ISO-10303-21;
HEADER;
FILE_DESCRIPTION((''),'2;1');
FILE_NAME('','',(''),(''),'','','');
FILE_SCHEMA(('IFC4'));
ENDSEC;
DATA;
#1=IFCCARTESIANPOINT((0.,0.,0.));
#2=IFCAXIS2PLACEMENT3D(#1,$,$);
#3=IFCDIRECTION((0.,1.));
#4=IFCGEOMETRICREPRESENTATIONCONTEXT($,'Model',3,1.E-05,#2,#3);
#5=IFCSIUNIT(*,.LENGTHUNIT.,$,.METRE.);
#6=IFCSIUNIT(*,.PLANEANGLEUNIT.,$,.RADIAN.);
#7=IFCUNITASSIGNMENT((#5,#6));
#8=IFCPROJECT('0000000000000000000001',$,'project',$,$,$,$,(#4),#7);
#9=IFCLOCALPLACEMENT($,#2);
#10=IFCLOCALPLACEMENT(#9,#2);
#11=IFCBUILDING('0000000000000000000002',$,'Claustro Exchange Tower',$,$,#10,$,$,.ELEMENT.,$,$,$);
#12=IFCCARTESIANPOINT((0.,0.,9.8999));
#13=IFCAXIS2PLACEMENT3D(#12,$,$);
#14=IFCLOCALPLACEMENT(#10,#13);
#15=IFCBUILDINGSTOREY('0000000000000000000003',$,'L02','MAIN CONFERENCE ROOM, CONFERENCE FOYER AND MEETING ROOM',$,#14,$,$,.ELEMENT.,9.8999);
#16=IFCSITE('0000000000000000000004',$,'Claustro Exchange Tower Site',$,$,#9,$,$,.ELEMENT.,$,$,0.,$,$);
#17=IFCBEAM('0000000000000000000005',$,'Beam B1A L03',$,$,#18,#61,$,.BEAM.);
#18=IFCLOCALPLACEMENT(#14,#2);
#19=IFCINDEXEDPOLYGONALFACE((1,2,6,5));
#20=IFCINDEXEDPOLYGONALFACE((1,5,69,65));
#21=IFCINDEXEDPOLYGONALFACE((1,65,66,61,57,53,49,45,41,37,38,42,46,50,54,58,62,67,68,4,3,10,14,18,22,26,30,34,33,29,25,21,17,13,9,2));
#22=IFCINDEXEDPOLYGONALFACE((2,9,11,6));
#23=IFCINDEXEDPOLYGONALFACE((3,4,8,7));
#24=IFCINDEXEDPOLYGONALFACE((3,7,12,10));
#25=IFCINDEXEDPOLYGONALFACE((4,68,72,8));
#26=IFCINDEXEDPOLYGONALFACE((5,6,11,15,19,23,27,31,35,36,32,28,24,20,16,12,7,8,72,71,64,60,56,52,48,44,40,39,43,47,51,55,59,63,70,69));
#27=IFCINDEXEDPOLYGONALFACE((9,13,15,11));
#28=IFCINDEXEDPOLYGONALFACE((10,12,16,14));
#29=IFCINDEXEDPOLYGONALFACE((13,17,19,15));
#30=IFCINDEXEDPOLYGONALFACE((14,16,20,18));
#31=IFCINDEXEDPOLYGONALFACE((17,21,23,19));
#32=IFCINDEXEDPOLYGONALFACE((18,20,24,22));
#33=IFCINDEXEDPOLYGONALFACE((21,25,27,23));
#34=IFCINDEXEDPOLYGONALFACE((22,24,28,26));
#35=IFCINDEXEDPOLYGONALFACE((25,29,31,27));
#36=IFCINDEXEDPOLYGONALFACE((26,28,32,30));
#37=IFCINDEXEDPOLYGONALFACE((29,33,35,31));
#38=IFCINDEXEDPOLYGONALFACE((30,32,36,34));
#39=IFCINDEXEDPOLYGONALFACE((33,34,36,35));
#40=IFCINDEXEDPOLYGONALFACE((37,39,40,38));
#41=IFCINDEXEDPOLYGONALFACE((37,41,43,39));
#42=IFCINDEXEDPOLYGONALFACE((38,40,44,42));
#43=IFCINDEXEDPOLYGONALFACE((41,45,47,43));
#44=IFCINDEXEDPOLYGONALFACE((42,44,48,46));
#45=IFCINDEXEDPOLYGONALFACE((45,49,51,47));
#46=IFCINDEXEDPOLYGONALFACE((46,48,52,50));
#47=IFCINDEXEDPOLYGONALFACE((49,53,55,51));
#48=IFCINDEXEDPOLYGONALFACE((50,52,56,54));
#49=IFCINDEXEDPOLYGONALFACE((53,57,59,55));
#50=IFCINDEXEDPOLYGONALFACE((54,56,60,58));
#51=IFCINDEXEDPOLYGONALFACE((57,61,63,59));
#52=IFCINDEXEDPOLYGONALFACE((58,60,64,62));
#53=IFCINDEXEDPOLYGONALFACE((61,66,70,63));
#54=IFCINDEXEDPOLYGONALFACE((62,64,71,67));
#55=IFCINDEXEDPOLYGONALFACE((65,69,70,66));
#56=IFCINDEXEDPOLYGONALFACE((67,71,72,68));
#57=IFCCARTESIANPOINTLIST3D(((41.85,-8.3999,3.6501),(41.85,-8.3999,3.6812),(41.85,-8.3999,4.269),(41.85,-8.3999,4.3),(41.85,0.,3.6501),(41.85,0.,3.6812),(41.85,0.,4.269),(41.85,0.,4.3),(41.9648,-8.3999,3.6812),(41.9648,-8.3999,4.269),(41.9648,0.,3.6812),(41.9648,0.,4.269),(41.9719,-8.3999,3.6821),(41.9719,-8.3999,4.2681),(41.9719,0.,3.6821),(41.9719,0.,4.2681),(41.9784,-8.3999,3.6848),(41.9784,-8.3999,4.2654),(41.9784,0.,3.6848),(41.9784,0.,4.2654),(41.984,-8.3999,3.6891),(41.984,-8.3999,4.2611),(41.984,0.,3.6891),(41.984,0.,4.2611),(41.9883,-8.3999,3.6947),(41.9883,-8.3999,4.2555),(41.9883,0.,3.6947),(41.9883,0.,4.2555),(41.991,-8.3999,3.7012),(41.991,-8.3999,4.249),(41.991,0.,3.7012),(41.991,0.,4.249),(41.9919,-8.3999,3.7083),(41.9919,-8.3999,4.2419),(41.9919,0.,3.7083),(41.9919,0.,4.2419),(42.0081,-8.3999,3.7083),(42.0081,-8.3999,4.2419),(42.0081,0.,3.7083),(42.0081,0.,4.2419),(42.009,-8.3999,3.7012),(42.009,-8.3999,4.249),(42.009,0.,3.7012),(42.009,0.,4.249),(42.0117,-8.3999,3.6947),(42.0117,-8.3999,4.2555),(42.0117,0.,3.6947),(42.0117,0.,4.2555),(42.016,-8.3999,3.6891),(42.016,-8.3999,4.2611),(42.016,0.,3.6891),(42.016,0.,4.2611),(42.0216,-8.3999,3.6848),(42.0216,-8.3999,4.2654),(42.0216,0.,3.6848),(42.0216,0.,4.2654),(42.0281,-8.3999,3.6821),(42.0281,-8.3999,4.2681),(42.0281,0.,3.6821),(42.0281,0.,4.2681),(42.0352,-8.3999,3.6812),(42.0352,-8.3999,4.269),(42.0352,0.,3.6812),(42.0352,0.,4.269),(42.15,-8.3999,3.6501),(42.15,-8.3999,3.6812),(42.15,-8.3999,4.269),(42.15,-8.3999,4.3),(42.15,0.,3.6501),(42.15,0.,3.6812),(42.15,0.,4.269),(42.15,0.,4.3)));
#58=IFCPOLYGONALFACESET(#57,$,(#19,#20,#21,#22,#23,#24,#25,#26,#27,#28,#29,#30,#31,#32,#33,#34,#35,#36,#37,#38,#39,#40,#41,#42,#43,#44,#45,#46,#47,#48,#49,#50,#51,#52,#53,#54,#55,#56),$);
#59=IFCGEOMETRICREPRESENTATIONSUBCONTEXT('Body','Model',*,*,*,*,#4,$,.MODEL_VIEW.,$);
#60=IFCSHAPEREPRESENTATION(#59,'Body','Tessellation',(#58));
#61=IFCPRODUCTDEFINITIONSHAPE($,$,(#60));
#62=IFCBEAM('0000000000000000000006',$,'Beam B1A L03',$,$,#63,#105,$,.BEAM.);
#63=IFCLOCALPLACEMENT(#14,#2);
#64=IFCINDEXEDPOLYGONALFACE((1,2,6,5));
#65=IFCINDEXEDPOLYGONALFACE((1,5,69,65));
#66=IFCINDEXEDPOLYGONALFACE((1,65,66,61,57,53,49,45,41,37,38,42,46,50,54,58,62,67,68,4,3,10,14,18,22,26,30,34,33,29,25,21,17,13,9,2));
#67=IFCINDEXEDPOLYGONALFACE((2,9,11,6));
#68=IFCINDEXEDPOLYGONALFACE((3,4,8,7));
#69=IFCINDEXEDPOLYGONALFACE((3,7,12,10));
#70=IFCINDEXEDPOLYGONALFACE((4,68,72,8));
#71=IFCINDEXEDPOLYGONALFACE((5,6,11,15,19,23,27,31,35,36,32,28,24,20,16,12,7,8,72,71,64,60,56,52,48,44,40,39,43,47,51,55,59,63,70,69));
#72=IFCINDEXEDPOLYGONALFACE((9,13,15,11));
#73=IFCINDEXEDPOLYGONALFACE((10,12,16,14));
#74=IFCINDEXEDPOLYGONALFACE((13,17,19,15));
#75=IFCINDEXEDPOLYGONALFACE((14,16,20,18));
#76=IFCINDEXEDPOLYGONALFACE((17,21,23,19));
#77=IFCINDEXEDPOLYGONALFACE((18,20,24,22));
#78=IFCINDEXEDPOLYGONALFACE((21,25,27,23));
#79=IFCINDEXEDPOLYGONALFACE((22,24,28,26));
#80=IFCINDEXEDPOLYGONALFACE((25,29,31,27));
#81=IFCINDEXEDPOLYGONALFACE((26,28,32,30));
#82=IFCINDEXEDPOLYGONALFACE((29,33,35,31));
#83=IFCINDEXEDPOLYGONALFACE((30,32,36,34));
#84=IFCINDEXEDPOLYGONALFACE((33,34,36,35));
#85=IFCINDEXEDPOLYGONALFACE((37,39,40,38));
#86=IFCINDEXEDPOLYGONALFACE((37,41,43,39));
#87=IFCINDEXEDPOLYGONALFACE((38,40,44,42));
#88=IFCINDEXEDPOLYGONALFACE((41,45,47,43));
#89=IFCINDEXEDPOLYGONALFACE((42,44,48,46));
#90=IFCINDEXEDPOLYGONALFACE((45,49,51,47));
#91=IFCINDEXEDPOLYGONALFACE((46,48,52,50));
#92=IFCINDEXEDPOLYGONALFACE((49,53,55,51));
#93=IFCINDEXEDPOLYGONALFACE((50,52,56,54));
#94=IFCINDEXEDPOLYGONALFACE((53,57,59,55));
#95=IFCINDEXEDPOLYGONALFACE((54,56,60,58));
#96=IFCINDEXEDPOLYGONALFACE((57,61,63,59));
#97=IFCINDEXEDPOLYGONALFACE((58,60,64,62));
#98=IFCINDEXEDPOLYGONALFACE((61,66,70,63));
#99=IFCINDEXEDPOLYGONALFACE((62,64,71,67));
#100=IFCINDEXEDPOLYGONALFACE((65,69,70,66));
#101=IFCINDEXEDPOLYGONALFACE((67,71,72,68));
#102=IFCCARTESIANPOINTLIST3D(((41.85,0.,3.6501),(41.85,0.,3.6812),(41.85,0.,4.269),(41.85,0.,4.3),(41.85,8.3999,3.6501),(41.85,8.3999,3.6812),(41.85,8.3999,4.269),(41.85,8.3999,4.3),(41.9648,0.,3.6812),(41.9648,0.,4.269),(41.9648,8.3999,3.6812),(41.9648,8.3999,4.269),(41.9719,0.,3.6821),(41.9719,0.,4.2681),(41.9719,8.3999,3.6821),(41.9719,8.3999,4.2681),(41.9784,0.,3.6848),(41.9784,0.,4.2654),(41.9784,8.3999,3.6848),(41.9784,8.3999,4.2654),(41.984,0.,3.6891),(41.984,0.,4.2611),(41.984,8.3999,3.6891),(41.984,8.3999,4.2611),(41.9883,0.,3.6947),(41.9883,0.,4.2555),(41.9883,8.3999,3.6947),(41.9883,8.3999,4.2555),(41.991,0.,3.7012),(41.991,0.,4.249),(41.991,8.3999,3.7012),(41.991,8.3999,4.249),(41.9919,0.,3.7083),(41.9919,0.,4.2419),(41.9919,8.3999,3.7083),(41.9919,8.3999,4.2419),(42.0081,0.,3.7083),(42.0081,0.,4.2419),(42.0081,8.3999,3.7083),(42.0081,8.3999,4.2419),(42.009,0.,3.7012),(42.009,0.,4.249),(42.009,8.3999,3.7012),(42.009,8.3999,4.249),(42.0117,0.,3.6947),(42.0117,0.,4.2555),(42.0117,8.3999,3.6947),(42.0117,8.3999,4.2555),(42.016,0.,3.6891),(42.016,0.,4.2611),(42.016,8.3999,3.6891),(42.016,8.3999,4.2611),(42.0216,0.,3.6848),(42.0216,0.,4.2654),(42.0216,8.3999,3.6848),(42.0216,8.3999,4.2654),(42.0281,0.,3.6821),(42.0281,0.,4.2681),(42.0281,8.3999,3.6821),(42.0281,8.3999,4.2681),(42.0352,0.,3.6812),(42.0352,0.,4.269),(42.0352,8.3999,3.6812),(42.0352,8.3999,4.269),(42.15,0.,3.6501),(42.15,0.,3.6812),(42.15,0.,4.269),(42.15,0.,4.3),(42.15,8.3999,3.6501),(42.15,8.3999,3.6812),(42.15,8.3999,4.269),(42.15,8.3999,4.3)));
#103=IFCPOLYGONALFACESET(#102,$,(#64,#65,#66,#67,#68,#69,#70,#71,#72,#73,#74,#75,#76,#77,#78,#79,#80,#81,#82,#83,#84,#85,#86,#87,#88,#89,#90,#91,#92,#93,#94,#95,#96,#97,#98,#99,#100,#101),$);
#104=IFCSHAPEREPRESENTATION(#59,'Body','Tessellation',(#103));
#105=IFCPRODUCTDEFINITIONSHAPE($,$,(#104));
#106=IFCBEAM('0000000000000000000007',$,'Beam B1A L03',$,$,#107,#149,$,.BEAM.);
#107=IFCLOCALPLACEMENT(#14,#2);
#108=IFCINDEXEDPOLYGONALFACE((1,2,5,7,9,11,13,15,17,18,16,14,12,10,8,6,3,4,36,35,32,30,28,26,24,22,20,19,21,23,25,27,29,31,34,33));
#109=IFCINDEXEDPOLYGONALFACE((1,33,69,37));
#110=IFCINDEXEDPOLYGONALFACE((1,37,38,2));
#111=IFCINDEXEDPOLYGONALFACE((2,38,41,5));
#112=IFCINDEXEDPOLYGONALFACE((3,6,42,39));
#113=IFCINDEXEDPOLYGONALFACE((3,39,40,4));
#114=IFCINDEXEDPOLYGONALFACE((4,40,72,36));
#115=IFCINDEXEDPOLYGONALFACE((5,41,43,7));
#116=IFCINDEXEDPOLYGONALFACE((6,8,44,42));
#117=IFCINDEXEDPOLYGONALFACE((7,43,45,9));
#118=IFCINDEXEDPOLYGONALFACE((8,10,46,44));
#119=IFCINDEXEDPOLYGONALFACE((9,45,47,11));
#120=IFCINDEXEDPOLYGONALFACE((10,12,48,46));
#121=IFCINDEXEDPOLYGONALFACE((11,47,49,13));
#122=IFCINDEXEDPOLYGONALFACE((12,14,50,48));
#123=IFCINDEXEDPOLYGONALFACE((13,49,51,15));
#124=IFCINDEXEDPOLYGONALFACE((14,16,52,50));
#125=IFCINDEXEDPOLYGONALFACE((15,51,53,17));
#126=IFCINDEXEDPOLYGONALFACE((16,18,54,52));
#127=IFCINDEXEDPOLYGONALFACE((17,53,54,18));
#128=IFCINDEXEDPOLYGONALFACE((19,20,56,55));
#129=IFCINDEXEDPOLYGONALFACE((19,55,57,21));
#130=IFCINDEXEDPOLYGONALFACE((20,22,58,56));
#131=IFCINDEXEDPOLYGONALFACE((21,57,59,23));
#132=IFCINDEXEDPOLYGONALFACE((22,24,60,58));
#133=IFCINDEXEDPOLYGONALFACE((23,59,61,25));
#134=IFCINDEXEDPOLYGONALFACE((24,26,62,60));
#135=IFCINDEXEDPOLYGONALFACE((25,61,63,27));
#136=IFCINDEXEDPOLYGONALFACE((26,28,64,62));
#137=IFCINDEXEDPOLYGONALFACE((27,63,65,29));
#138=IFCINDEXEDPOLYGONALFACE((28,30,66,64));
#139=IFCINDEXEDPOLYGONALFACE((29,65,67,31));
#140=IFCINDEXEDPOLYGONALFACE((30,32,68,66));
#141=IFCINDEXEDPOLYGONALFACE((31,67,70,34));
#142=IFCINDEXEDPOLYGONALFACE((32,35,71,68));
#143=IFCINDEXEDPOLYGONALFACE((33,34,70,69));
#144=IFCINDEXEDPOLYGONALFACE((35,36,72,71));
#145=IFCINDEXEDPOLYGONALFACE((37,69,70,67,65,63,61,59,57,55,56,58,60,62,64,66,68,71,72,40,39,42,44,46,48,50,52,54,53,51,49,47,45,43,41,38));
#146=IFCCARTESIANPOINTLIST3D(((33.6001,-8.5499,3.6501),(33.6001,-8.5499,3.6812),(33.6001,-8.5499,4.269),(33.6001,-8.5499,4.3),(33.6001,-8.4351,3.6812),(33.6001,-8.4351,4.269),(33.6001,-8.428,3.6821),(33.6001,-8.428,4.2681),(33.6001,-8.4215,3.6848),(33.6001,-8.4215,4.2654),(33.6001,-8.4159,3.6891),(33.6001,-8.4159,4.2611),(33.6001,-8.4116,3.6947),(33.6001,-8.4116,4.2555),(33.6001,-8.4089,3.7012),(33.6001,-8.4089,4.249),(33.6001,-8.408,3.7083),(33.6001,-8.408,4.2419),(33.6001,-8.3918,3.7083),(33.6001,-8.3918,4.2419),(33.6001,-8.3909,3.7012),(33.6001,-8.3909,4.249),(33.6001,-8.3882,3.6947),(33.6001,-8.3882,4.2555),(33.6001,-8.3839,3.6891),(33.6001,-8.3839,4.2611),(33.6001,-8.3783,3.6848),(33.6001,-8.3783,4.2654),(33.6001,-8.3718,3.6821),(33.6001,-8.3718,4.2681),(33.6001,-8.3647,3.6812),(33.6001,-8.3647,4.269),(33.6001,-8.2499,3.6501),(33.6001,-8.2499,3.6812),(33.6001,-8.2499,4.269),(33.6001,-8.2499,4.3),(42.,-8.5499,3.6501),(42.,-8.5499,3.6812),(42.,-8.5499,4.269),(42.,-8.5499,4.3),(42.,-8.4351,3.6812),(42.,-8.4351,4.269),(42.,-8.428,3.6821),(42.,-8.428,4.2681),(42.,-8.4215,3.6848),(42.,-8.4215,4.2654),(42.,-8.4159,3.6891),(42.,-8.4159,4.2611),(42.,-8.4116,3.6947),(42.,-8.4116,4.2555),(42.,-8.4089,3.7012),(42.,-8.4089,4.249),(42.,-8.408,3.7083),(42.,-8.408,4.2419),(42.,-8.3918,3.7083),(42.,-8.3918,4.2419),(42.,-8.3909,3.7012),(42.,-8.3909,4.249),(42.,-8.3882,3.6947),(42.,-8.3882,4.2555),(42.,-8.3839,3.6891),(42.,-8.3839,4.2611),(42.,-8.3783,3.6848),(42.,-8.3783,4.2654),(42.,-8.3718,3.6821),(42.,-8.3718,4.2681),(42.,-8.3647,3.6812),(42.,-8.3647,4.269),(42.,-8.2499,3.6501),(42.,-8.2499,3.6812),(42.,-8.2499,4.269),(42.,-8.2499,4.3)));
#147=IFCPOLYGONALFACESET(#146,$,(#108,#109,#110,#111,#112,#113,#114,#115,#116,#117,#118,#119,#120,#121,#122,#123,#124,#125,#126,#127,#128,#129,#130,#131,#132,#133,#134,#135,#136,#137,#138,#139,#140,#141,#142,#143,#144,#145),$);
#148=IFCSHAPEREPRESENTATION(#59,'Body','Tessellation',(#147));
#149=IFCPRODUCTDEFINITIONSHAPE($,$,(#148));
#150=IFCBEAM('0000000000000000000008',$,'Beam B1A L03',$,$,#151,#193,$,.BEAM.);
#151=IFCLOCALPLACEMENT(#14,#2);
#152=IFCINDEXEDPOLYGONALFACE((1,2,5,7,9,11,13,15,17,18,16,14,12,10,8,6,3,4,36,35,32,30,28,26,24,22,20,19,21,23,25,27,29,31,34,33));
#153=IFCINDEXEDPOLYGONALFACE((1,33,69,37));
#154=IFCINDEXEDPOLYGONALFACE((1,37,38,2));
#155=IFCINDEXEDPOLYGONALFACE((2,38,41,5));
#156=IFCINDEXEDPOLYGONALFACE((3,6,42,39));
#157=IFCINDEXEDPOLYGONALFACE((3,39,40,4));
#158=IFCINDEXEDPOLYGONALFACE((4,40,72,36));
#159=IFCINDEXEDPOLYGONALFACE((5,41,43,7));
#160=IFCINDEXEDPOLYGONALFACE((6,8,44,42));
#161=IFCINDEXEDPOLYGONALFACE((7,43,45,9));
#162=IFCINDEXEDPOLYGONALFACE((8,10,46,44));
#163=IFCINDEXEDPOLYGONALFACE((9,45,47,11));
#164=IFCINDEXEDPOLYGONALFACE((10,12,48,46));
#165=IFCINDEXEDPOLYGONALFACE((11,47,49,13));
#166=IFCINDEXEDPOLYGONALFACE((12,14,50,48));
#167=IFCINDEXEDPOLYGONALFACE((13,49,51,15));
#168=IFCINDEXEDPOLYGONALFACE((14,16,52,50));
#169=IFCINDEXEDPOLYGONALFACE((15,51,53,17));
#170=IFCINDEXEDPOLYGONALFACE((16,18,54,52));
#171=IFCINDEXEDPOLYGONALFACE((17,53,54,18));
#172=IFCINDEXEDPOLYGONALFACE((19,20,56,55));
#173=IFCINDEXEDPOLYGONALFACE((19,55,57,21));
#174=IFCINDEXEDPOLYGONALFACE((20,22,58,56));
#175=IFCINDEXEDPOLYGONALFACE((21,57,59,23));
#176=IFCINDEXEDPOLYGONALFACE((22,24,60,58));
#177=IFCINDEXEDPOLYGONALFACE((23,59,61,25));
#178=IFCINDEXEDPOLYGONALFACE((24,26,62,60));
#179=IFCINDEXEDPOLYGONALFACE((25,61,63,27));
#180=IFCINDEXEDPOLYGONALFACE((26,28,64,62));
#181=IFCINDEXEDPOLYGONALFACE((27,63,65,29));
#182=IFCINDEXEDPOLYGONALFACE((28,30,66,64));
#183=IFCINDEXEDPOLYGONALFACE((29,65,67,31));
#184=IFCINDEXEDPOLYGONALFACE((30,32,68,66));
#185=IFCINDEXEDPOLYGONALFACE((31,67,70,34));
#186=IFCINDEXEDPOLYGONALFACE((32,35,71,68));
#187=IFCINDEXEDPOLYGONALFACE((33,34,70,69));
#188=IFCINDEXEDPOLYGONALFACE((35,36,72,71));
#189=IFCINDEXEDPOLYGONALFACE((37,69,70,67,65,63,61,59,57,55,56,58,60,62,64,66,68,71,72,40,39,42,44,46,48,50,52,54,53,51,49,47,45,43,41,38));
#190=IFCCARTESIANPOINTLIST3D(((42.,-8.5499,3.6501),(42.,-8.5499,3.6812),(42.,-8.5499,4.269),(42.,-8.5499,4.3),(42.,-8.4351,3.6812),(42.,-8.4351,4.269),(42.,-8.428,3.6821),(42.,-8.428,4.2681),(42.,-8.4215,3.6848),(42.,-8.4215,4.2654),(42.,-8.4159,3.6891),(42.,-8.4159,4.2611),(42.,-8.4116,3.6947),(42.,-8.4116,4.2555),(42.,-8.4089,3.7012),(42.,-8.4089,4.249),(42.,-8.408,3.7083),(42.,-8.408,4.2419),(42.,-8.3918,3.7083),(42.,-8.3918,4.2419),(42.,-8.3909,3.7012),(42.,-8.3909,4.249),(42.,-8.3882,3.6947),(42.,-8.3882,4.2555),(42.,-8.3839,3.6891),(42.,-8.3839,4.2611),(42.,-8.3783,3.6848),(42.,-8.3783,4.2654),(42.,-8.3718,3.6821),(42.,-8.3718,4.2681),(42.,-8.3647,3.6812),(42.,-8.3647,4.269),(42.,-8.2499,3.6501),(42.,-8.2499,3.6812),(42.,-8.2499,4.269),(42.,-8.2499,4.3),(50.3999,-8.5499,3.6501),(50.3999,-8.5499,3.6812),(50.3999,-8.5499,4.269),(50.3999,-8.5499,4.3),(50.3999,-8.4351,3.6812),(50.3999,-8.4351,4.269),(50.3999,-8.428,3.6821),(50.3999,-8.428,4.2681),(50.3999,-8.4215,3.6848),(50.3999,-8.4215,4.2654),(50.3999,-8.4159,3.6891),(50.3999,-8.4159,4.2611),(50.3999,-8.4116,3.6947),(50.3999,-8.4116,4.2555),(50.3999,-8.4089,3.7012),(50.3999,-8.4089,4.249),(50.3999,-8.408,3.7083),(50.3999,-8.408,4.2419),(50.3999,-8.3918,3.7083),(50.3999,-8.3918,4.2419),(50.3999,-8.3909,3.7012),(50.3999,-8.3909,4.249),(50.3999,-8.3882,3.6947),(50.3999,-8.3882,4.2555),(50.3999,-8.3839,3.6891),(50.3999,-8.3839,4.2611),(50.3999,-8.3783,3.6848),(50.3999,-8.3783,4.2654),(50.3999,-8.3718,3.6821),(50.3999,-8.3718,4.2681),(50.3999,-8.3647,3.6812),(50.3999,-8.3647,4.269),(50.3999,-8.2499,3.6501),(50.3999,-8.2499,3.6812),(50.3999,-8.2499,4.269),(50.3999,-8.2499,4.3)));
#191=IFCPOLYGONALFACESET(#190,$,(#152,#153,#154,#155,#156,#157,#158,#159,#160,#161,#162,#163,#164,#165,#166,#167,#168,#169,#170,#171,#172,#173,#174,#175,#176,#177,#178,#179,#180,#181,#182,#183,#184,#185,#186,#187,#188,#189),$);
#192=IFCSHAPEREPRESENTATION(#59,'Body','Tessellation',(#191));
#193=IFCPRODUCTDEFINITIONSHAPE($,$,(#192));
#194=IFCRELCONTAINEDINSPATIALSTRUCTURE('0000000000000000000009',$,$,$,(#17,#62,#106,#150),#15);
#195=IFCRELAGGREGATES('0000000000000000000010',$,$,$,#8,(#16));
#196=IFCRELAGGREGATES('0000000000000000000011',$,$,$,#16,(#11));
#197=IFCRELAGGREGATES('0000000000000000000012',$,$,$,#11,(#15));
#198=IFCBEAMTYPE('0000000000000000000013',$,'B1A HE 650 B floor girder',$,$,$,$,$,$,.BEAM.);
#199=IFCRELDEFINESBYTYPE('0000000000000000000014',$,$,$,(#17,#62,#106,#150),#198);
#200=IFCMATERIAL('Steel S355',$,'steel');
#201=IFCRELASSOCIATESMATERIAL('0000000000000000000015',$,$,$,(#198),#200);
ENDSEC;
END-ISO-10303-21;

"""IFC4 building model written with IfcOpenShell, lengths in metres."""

from ifc_helpers import new_model, si_unit, direction, frame, origin, origin_2d, place, context, subcontext, project, spatial, i_section, extrude, material, material_profile, profile_set, type_object, element, save


model = new_model("IFC4")

# Units and contexts
model_context = context("Model", 3, precision=1e-05, world=origin(), true_north=direction((0.0, 1.0)))
body_context = subcontext(model_context, "Body", "Model", "MODEL_VIEW")
ifc_project = project(units=[si_unit("LENGTHUNIT", "METRE"), si_unit("PLANEANGLEUNIT", "RADIAN")], contexts=[model_context])

# Site, building, storey
site_placement = place(None, origin())
site = spatial("IfcSite", under=ifc_project, at=site_placement, Name="Claustro Exchange Tower Site", CompositionType="ELEMENT", RefElevation=0.0)
building_placement = place(site_placement, origin())
building = spatial("IfcBuilding", under=site, at=building_placement, Name="Claustro Exchange Tower", CompositionType="ELEMENT")
storey_placement = place(building_placement, frame((0.0, 0.0, 9.8999)))
storey = spatial("IfcBuildingStorey", under=building, at=storey_placement, Name="L02", Description="MAIN CONFERENCE ROOM, CONFERENCE FOYER AND MEETING ROOM", CompositionType="ELEMENT", Elevation=9.8999)

# Beams
ifc_material_1 = material(Name="Steel S355", Category="steel")
ifc_material_profile_1 = material_profile(ifc_material_1, i_section(OverallWidth=0.3, OverallDepth=0.6499, WebThickness=0.0161, FlangeThickness=0.031, FilletRadius=0.0271, at=origin_2d()), Name="HE 650 B")
ifc_profile_set_1 = profile_set([ifc_material_profile_1], Name="Steel S355")
beam_type_1 = type_object("IfcBeamType", Name="B1A HE 650 B floor girder", PredefinedType="BEAM", material=ifc_profile_set_1)
for number, where, z_axis, x_axis, name in (
    (1, (42.0, -8.3999, 3.9751), (0.0, 1.0, 0.0), (-1.0, 0.0, 0.0), "Beam B1A L03"),
    (2, (42.0, 0.0, 3.9751), (0.0, 1.0, 0.0), (-1.0, 0.0, 0.0), "Beam B1A L03"),
    (3, (33.6001, -8.3999, 3.9751), (1.0, 0.0, 0.0), (0.0, 1.0, 0.0), "Beam B1A L03"),
    (4, (42.0, -8.3999, 3.9751), (1.0, 0.0, 0.0), (0.0, 1.0, 0.0), "Beam B1A L03"),
):
    element("IfcBeam", number, at=place(storey_placement, frame(where, z_axis=z_axis, x_axis=x_axis)), inside=storey, type_object=beam_type_1, Name=name, PredefinedType="BEAM", context=body_context, shape_type="SweptSolid", body=[
        extrude(i_section(OverallWidth=0.3, OverallDepth=0.6499, WebThickness=0.0161, FlangeThickness=0.031, FilletRadius=0.0271, at=origin_2d()), origin(), (0.0, 0.0, 1.0), 8.3999),
    ])

save(model, "model.ifc")
